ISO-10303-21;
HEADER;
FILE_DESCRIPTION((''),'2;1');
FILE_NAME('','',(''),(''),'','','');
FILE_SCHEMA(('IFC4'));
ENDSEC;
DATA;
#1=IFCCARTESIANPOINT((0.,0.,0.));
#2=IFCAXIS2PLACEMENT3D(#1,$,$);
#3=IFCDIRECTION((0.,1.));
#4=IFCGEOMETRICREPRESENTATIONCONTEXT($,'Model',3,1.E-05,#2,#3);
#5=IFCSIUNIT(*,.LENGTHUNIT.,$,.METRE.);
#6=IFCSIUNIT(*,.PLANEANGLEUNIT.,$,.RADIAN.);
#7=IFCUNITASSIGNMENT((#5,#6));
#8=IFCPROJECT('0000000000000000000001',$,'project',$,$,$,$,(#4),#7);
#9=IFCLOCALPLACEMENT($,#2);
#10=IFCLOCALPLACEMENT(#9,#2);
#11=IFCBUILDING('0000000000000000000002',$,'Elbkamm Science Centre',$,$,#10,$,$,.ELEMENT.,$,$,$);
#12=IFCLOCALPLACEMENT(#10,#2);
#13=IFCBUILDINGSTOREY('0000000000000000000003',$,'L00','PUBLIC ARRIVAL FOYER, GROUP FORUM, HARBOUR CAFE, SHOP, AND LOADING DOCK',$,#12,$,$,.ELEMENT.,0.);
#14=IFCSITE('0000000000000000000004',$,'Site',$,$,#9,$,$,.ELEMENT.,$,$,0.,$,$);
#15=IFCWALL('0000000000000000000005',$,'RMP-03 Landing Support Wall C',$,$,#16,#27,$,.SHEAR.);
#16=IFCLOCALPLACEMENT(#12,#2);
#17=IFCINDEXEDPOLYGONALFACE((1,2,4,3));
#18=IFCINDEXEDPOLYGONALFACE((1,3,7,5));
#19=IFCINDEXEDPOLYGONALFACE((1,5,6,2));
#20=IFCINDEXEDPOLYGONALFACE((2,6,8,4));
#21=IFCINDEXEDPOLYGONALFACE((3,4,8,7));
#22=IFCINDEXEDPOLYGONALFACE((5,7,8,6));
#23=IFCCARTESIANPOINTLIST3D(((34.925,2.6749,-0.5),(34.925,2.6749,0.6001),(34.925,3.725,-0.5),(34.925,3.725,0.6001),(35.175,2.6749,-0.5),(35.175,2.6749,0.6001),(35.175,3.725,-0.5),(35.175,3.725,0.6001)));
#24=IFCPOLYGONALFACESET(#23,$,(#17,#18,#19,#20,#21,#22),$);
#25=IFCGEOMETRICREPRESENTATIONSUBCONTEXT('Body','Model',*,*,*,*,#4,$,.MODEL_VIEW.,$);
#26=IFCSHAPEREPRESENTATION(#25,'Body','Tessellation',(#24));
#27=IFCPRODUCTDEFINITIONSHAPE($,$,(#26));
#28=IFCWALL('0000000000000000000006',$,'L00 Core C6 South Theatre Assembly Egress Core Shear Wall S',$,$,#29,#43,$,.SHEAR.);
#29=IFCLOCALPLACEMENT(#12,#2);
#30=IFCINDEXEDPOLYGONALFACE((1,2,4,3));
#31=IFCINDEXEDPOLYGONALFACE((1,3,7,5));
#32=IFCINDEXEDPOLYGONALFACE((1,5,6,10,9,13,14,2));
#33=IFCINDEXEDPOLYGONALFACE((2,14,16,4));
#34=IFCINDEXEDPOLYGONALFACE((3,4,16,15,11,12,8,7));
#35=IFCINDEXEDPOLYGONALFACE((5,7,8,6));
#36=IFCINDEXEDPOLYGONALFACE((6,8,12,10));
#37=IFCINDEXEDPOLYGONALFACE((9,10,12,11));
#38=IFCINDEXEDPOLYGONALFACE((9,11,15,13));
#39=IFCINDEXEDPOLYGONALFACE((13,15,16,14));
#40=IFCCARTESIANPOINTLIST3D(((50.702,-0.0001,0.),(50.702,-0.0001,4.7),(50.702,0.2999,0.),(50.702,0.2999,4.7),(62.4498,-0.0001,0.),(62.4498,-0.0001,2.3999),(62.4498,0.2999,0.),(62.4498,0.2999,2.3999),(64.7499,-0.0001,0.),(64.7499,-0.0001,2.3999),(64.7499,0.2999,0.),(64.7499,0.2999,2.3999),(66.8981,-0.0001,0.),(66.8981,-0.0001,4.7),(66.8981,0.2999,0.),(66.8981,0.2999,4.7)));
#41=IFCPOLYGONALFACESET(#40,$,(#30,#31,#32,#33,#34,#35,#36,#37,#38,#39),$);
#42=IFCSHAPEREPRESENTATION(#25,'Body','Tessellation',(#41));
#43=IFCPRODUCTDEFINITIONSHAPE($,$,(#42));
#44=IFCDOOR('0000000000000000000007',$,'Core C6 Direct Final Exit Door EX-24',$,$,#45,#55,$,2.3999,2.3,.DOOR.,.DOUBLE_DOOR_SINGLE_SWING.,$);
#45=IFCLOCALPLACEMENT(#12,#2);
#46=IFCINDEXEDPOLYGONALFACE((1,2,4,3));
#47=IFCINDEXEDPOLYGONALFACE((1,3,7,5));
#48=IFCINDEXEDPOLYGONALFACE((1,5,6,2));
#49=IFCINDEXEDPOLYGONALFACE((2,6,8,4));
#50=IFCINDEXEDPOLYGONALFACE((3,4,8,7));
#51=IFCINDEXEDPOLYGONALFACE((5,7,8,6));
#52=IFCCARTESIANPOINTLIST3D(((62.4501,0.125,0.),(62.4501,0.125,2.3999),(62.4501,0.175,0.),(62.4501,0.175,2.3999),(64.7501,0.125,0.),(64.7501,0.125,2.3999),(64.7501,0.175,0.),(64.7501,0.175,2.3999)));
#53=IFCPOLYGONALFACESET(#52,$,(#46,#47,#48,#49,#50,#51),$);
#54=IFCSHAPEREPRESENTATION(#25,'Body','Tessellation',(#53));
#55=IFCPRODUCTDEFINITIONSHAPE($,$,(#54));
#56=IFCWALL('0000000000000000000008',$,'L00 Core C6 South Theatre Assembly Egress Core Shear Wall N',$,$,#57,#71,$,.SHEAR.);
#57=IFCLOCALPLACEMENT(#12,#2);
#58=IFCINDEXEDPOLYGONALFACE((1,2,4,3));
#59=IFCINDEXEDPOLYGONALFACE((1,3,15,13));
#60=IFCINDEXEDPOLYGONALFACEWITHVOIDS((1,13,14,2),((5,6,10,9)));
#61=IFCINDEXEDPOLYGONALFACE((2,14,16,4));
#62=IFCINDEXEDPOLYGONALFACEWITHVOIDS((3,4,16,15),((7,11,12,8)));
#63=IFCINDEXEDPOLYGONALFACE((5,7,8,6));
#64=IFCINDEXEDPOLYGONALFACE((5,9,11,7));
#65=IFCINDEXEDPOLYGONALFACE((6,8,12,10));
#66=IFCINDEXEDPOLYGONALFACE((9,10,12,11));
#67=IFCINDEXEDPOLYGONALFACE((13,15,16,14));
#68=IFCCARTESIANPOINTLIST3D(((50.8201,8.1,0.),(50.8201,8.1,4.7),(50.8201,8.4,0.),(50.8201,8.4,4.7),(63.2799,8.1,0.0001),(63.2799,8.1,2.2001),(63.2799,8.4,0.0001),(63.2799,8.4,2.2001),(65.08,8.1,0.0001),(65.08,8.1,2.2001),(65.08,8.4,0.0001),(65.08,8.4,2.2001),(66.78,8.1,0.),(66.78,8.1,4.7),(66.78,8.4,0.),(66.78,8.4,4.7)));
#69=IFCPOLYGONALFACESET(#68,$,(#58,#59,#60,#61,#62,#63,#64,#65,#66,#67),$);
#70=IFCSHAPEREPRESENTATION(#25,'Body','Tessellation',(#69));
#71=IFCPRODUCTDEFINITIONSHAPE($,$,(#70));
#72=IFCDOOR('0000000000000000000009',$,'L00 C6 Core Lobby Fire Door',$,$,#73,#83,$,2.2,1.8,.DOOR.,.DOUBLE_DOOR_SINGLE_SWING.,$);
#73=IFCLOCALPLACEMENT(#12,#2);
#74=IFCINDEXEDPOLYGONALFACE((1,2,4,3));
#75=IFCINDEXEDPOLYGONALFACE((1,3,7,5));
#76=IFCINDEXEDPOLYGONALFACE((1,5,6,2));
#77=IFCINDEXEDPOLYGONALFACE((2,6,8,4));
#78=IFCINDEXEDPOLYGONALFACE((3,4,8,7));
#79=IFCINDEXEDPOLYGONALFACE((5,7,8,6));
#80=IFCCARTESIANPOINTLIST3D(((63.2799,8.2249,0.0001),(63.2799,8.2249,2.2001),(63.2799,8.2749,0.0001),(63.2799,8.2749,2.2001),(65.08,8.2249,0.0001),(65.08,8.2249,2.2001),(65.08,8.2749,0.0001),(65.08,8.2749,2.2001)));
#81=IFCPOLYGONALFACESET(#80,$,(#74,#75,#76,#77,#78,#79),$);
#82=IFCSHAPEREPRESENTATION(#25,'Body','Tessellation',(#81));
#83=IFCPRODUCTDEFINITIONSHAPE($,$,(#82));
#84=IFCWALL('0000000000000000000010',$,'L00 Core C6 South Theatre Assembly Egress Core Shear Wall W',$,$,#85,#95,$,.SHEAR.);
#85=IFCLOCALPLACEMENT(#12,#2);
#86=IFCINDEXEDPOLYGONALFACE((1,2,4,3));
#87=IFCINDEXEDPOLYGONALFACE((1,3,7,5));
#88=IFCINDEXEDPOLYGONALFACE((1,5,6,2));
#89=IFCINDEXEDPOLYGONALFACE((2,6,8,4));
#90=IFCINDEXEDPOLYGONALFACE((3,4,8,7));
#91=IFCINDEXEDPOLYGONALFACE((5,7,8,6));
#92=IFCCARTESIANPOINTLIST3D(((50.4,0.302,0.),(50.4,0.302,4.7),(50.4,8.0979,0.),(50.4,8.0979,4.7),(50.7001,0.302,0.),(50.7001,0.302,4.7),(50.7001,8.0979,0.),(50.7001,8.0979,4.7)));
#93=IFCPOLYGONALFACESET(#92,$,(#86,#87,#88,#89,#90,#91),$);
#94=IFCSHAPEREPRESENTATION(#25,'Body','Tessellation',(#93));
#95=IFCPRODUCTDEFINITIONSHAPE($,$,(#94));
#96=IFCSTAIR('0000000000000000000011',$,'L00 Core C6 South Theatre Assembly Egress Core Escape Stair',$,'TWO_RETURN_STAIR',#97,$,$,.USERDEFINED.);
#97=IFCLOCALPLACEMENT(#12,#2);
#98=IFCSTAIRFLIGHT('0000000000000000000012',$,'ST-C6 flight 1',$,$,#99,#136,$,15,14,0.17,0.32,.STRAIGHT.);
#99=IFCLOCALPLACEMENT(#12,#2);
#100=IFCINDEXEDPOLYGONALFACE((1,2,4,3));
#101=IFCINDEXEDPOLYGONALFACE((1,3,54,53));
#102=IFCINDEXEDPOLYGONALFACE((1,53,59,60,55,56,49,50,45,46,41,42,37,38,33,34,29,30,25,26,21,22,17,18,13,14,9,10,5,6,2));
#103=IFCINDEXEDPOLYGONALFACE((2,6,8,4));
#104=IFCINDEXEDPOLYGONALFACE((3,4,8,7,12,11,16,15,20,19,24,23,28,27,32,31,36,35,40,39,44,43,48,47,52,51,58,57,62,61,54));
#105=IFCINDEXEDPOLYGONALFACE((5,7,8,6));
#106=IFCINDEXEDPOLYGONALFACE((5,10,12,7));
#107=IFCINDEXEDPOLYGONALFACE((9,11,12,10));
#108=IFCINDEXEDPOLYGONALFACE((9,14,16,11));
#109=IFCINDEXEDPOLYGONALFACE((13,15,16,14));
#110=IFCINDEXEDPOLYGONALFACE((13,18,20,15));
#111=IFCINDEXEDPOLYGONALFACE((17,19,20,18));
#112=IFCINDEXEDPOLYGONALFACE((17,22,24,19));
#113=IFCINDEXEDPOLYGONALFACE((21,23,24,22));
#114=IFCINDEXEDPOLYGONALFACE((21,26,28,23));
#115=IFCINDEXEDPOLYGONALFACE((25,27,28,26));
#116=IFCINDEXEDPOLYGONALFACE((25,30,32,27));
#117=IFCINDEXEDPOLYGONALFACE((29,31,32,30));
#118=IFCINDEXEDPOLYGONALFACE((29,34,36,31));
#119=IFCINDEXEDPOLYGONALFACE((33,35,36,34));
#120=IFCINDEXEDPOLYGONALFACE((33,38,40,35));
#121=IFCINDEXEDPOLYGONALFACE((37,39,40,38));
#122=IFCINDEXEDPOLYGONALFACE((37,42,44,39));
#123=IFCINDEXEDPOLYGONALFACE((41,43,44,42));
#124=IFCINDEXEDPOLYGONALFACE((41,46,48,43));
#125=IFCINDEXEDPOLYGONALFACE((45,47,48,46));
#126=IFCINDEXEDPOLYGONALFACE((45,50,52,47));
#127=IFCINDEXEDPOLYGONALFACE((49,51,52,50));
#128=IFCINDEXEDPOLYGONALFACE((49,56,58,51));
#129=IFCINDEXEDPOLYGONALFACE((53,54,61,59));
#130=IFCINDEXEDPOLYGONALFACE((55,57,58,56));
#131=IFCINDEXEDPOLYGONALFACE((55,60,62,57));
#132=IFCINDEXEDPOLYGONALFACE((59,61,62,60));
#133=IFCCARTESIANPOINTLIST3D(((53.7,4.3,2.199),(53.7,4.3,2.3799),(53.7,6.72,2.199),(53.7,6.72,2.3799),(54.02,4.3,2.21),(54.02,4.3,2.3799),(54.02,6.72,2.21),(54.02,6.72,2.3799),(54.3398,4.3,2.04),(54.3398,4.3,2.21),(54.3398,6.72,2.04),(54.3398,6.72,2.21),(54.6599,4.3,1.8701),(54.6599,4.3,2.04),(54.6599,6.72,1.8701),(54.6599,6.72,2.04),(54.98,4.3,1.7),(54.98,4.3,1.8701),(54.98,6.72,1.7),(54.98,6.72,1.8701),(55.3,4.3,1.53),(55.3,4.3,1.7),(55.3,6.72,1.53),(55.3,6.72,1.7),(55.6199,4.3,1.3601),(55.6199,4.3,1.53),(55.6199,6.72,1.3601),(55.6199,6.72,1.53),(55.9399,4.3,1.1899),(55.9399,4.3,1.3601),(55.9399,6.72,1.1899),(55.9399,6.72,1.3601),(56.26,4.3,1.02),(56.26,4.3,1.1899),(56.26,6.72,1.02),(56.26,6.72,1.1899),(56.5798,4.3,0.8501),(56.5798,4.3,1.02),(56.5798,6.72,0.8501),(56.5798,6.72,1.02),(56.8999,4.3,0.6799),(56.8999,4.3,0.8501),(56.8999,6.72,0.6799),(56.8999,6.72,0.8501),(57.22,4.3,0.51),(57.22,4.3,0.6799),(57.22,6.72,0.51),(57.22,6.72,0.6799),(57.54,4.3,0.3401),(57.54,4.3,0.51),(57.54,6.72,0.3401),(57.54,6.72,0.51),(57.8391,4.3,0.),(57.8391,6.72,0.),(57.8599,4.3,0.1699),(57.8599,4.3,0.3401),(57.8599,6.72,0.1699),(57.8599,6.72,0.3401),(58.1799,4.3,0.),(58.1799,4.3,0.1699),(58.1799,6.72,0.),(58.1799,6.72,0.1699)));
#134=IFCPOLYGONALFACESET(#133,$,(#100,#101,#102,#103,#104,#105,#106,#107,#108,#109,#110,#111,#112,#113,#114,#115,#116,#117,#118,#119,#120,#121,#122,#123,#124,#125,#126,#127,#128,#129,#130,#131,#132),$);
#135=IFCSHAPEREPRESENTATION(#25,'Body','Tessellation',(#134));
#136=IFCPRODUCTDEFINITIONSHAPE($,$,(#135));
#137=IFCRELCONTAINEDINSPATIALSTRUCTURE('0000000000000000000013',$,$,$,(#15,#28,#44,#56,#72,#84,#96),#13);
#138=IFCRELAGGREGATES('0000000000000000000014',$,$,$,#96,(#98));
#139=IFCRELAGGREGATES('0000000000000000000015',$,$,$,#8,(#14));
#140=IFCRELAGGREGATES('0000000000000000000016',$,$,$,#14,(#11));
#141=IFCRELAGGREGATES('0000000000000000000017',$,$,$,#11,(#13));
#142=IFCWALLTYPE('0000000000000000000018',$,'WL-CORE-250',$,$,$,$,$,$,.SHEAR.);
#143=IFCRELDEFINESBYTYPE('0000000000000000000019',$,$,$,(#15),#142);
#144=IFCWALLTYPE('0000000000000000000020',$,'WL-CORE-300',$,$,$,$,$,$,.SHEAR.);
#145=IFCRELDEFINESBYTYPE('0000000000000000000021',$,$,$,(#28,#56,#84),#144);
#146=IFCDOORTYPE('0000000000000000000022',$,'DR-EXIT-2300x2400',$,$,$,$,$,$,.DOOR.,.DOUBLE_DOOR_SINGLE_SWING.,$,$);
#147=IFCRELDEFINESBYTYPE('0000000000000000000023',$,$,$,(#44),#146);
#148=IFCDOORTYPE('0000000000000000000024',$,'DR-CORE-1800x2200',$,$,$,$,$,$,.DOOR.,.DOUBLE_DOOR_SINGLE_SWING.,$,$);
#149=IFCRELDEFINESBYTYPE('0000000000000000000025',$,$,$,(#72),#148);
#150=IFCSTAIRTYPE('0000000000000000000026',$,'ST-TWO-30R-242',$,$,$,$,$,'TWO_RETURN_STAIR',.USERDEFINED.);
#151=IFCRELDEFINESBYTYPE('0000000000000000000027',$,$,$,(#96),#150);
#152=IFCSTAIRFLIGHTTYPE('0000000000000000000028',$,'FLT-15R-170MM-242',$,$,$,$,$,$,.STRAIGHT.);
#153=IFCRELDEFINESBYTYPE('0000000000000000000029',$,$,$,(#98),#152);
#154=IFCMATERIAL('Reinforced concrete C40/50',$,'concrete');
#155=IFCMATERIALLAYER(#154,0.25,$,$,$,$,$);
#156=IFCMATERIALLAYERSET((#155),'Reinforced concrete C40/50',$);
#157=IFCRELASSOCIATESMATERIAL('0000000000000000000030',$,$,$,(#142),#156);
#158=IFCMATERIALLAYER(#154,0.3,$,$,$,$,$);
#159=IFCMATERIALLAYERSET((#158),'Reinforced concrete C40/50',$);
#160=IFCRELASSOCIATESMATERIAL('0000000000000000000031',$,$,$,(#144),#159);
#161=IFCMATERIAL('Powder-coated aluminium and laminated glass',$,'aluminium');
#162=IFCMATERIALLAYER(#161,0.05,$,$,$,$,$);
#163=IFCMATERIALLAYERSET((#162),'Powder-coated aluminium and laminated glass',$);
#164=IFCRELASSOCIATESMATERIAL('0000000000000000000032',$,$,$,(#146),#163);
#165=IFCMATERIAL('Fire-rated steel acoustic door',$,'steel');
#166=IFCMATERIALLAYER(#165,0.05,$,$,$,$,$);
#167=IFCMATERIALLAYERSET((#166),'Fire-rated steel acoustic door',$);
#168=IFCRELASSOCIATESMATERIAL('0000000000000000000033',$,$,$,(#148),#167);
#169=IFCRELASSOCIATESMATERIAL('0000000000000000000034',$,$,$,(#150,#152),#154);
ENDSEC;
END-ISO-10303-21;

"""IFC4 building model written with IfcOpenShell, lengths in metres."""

from ifc_helpers import new_model, si_unit, direction, frame, frame_2d, origin, place, context, subcontext, project, spatial, polyline, rectangle, outline, extrude, material, layer, layer_set, type_object, element, fill, aggregate, save


model = new_model("IFC4")

# Units and contexts
model_context = context("Model", 3, precision=1e-05, world=origin(), true_north=direction((0.0, 1.0)))
body_context = subcontext(model_context, "Body", "Model", "MODEL_VIEW")
ifc_project = project(units=[si_unit("LENGTHUNIT", "METRE"), si_unit("PLANEANGLEUNIT", "RADIAN")], contexts=[model_context])

# Site, building, storey
site_placement = place(None, origin())
site = spatial("IfcSite", under=ifc_project, at=site_placement, Name="Site", CompositionType="ELEMENT", RefElevation=0.0)
building_placement = place(site_placement, origin())
building = spatial("IfcBuilding", under=site, at=building_placement, Name="Elbkamm Science Centre", CompositionType="ELEMENT")
storey_placement = place(building_placement, origin())
storey = spatial("IfcBuildingStorey", under=building, at=storey_placement, Name="L00", Description="PUBLIC ARRIVAL FOYER, GROUP FORUM, HARBOUR CAFE, SHOP, AND LOADING DOCK", CompositionType="ELEMENT", Elevation=0.0)

# Wall
ifc_material_1 = material(Name="Reinforced concrete C40/50", Category="concrete")
ifc_layer_1 = layer(ifc_material_1, 0.25)
ifc_layer_set_1 = layer_set([ifc_layer_1], Name="Reinforced concrete C40/50")
wall_type_1 = type_object("IfcWallType", Name="WL-CORE-250", PredefinedType="SHEAR", material=ifc_layer_set_1)
wall_1_placement = place(storey_placement, frame((35.05, 2.675, -0.5), z_axis=(0.0, 0.0, 1.0), x_axis=(0.0, 1.0, 0.0)))
element("IfcWall", 1, at=wall_1_placement, inside=storey, type_object=wall_type_1, Name="RMP-03 Landing Support Wall C", PredefinedType="SHEAR", context=body_context, shape_type="SweptSolid", body=[
    extrude(rectangle(XDim=1.05, YDim=0.25, at=frame_2d((0.5249, 0.0))), origin(), (0.0, 0.0, 1.0), 1.1001),
])

# Walls, openings, doors
ifc_layer_2 = layer(ifc_material_1, 0.3)
ifc_layer_set_2 = layer_set([ifc_layer_2], Name="Reinforced concrete C40/50")
wall_type_2 = type_object("IfcWallType", Name="WL-CORE-300", PredefinedType="SHEAR", material=ifc_layer_set_2)
wall_2_placement = place(storey_placement, frame((50.7019, 0.1499, 0.0), z_axis=(0.0, 0.0, 1.0), x_axis=(1.0, 0.0, 0.0)))
wall_2 = element("IfcWall", 2, at=wall_2_placement, inside=storey, type_object=wall_type_2, Name="L00 Core C6 South Theatre Assembly Egress Core Shear Wall S", PredefinedType="SHEAR", context=body_context, shape_type="SweptSolid", body=[
    extrude(rectangle(XDim=16.196, YDim=0.3, at=frame_2d((8.0981, 0.0))), origin(), (0.0, 0.0, 1.0), 4.7),
])
opening_1_placement = place(wall_2_placement, frame((11.748, 0.0, 0.0)))
opening_1 = element("IfcOpeningElement", 3, at=opening_1_placement, cuts=wall_2, PredefinedType="OPENING", context=body_context, shape_type="SweptSolid", body=[
    extrude(rectangle(XDim=2.3, YDim=2.3999, at=frame_2d((1.1499, 1.2))), frame((0.0, 0.1621, 0.0), z_axis=(0.0, -1.0, 0.0), x_axis=(1.0, 0.0, 0.0)), (0.0, 0.0, 1.0), 0.324),
])
ifc_material_2 = material(Name="Powder-coated aluminium and laminated glass", Category="aluminium")
ifc_layer_3 = layer(ifc_material_2, 0.05)
ifc_layer_set_3 = layer_set([ifc_layer_3], Name="Powder-coated aluminium and laminated glass")
door_type_1 = type_object("IfcDoorType", Name="DR-EXIT-2300x2400", OperationType="DOUBLE_DOOR_SINGLE_SWING", PredefinedType="DOOR", material=ifc_layer_set_3)
door_1_placement = place(opening_1_placement, frame((2.3, 0.0, 0.0), z_axis=(0.0, 0.0, 1.0), x_axis=(-1.0, 0.0, 0.0)))
door_1 = element("IfcDoor", 4, at=door_1_placement, inside=storey, type_object=door_type_1, Name="Core C6 Direct Final Exit Door EX-24", OperationType="DOUBLE_DOOR_SINGLE_SWING", OverallHeight=2.3999, OverallWidth=2.3, PredefinedType="DOOR", context=body_context, shape_type="SweptSolid", body=[
    extrude(rectangle(XDim=2.3, YDim=2.3999, at=frame_2d((1.1499, 1.2))), frame((0.0, 0.0249, 0.0), z_axis=(0.0, -1.0, 0.0), x_axis=(1.0, 0.0, 0.0)), (0.0, 0.0, 1.0), 0.05),
])
fill(opening_1, door_1)
wall_3_placement = place(storey_placement, frame((50.8201, 8.25, 0.0), z_axis=(0.0, 0.0, 1.0), x_axis=(1.0, 0.0, 0.0)))
wall_3 = element("IfcWall", 5, at=wall_3_placement, inside=storey, type_object=wall_type_2, Name="L00 Core C6 South Theatre Assembly Egress Core Shear Wall N", PredefinedType="SHEAR", context=body_context, shape_type="SweptSolid", body=[
    extrude(rectangle(XDim=15.96, YDim=0.3, at=frame_2d((7.98, 0.0))), origin(), (0.0, 0.0, 1.0), 4.7),
])
opening_2_placement = place(wall_3_placement, frame((12.46, 0.0, 0.0)))
opening_2 = element("IfcOpeningElement", 6, at=opening_2_placement, cuts=wall_3, PredefinedType="OPENING", context=body_context, shape_type="SweptSolid", body=[
    extrude(rectangle(XDim=1.8, YDim=2.2, at=frame_2d((0.8999, 1.1001))), frame((0.0, 0.1621, 0.0), z_axis=(0.0, -1.0, 0.0), x_axis=(1.0, 0.0, 0.0)), (0.0, 0.0, 1.0), 0.324),
])
ifc_material_3 = material(Name="Fire-rated steel acoustic door", Category="steel")
ifc_layer_4 = layer(ifc_material_3, 0.05)
ifc_layer_set_4 = layer_set([ifc_layer_4], Name="Fire-rated steel acoustic door")
door_type_2 = type_object("IfcDoorType", Name="DR-CORE-1800x2200", OperationType="DOUBLE_DOOR_SINGLE_SWING", PredefinedType="DOOR", material=ifc_layer_set_4)
door_2_placement = place(opening_2_placement, origin())
door_2 = element("IfcDoor", 7, at=door_2_placement, inside=storey, type_object=door_type_2, Name="L00 C6 Core Lobby Fire Door", OperationType="DOUBLE_DOOR_SINGLE_SWING", OverallHeight=2.2, OverallWidth=1.8, PredefinedType="DOOR", context=body_context, shape_type="SweptSolid", body=[
    extrude(rectangle(XDim=1.8, YDim=2.2, at=frame_2d((0.8999, 1.1001))), frame((0.0, 0.0249, 0.0), z_axis=(0.0, -1.0, 0.0), x_axis=(1.0, 0.0, 0.0)), (0.0, 0.0, 1.0), 0.05),
])
fill(opening_2, door_2)

# Wall
wall_4_placement = place(storey_placement, frame((50.55, 0.302, 0.0), z_axis=(0.0, 0.0, 1.0), x_axis=(0.0, 1.0, 0.0)))
element("IfcWall", 8, at=wall_4_placement, inside=storey, type_object=wall_type_2, Name="L00 Core C6 South Theatre Assembly Egress Core Shear Wall W", PredefinedType="SHEAR", context=body_context, shape_type="SweptSolid", body=[
    extrude(rectangle(XDim=7.7959, YDim=0.3, at=frame_2d((3.8979, 0.0))), origin(), (0.0, 0.0, 1.0), 4.7),
])

# Stair, stair flight
stair_type = type_object("IfcStairType", Name="ST-TWO-30R-242", ElementType="TWO_RETURN_STAIR", PredefinedType="USERDEFINED", material=ifc_material_1)
stair_placement = place(storey_placement, origin())
stair = element("IfcStair", 9, at=stair_placement, inside=storey, type_object=stair_type, Name="L00 Core C6 South Theatre Assembly Egress Core Escape Stair", ObjectType="TWO_RETURN_STAIR", PredefinedType="USERDEFINED")
stair_flight_type = type_object("IfcStairFlightType", Name="FLT-15R-170MM-242", PredefinedType="STRAIGHT", material=ifc_material_1)
stair_flight_1_placement = place(storey_placement, frame((58.1799, 5.51, 0.0), z_axis=(0.0, 0.0, 1.0), x_axis=(-1.0, 0.0, 0.0)))
stair_flight_1 = element("IfcStairFlight", 10, at=stair_flight_1_placement, type_object=stair_flight_type, Name="ST-C6 flight 1", NumberOfRisers=15, NumberOfTreads=14, PredefinedType="STRAIGHT", RiserHeight=0.17, TreadLength=0.32, context=body_context, shape_type="SweptSolid", body=[
    extrude(outline(polyline([(0.0, 0.0), (0.0, 0.1699), (0.3201, 0.1699), (0.3201, 0.3401), (0.6399, 0.3401), (0.6399, 0.51), (0.96, 0.51), (0.96, 0.6799), (1.28, 0.6799), (1.28, 0.8501), (1.6001, 0.8501), (1.6001, 1.02), (1.9199, 1.02), (1.9199, 1.1899), (2.24, 1.1899), (2.24, 1.3601), (2.5601, 1.3601), (2.5601, 1.53), (2.8799, 1.53), (2.8799, 1.7), (3.2, 1.7), (3.2, 1.8701), (3.52, 1.8701), (3.52, 2.04), (3.8401, 2.04), (3.8401, 2.21), (4.1599, 2.21), (4.1599, 2.3799), (4.48, 2.3799), (4.48, 2.55), (4.48, 2.199), (0.3408, 0.0), (0.0, 0.0)])), frame((0.0, 1.21, 0.0), z_axis=(0.0, -1.0, 0.0), x_axis=(1.0, 0.0, 0.0)), (0.0, 0.0, 1.0), 2.4199),
])
aggregate(stair, [stair_flight_1])

save(model, "model.ifc")
